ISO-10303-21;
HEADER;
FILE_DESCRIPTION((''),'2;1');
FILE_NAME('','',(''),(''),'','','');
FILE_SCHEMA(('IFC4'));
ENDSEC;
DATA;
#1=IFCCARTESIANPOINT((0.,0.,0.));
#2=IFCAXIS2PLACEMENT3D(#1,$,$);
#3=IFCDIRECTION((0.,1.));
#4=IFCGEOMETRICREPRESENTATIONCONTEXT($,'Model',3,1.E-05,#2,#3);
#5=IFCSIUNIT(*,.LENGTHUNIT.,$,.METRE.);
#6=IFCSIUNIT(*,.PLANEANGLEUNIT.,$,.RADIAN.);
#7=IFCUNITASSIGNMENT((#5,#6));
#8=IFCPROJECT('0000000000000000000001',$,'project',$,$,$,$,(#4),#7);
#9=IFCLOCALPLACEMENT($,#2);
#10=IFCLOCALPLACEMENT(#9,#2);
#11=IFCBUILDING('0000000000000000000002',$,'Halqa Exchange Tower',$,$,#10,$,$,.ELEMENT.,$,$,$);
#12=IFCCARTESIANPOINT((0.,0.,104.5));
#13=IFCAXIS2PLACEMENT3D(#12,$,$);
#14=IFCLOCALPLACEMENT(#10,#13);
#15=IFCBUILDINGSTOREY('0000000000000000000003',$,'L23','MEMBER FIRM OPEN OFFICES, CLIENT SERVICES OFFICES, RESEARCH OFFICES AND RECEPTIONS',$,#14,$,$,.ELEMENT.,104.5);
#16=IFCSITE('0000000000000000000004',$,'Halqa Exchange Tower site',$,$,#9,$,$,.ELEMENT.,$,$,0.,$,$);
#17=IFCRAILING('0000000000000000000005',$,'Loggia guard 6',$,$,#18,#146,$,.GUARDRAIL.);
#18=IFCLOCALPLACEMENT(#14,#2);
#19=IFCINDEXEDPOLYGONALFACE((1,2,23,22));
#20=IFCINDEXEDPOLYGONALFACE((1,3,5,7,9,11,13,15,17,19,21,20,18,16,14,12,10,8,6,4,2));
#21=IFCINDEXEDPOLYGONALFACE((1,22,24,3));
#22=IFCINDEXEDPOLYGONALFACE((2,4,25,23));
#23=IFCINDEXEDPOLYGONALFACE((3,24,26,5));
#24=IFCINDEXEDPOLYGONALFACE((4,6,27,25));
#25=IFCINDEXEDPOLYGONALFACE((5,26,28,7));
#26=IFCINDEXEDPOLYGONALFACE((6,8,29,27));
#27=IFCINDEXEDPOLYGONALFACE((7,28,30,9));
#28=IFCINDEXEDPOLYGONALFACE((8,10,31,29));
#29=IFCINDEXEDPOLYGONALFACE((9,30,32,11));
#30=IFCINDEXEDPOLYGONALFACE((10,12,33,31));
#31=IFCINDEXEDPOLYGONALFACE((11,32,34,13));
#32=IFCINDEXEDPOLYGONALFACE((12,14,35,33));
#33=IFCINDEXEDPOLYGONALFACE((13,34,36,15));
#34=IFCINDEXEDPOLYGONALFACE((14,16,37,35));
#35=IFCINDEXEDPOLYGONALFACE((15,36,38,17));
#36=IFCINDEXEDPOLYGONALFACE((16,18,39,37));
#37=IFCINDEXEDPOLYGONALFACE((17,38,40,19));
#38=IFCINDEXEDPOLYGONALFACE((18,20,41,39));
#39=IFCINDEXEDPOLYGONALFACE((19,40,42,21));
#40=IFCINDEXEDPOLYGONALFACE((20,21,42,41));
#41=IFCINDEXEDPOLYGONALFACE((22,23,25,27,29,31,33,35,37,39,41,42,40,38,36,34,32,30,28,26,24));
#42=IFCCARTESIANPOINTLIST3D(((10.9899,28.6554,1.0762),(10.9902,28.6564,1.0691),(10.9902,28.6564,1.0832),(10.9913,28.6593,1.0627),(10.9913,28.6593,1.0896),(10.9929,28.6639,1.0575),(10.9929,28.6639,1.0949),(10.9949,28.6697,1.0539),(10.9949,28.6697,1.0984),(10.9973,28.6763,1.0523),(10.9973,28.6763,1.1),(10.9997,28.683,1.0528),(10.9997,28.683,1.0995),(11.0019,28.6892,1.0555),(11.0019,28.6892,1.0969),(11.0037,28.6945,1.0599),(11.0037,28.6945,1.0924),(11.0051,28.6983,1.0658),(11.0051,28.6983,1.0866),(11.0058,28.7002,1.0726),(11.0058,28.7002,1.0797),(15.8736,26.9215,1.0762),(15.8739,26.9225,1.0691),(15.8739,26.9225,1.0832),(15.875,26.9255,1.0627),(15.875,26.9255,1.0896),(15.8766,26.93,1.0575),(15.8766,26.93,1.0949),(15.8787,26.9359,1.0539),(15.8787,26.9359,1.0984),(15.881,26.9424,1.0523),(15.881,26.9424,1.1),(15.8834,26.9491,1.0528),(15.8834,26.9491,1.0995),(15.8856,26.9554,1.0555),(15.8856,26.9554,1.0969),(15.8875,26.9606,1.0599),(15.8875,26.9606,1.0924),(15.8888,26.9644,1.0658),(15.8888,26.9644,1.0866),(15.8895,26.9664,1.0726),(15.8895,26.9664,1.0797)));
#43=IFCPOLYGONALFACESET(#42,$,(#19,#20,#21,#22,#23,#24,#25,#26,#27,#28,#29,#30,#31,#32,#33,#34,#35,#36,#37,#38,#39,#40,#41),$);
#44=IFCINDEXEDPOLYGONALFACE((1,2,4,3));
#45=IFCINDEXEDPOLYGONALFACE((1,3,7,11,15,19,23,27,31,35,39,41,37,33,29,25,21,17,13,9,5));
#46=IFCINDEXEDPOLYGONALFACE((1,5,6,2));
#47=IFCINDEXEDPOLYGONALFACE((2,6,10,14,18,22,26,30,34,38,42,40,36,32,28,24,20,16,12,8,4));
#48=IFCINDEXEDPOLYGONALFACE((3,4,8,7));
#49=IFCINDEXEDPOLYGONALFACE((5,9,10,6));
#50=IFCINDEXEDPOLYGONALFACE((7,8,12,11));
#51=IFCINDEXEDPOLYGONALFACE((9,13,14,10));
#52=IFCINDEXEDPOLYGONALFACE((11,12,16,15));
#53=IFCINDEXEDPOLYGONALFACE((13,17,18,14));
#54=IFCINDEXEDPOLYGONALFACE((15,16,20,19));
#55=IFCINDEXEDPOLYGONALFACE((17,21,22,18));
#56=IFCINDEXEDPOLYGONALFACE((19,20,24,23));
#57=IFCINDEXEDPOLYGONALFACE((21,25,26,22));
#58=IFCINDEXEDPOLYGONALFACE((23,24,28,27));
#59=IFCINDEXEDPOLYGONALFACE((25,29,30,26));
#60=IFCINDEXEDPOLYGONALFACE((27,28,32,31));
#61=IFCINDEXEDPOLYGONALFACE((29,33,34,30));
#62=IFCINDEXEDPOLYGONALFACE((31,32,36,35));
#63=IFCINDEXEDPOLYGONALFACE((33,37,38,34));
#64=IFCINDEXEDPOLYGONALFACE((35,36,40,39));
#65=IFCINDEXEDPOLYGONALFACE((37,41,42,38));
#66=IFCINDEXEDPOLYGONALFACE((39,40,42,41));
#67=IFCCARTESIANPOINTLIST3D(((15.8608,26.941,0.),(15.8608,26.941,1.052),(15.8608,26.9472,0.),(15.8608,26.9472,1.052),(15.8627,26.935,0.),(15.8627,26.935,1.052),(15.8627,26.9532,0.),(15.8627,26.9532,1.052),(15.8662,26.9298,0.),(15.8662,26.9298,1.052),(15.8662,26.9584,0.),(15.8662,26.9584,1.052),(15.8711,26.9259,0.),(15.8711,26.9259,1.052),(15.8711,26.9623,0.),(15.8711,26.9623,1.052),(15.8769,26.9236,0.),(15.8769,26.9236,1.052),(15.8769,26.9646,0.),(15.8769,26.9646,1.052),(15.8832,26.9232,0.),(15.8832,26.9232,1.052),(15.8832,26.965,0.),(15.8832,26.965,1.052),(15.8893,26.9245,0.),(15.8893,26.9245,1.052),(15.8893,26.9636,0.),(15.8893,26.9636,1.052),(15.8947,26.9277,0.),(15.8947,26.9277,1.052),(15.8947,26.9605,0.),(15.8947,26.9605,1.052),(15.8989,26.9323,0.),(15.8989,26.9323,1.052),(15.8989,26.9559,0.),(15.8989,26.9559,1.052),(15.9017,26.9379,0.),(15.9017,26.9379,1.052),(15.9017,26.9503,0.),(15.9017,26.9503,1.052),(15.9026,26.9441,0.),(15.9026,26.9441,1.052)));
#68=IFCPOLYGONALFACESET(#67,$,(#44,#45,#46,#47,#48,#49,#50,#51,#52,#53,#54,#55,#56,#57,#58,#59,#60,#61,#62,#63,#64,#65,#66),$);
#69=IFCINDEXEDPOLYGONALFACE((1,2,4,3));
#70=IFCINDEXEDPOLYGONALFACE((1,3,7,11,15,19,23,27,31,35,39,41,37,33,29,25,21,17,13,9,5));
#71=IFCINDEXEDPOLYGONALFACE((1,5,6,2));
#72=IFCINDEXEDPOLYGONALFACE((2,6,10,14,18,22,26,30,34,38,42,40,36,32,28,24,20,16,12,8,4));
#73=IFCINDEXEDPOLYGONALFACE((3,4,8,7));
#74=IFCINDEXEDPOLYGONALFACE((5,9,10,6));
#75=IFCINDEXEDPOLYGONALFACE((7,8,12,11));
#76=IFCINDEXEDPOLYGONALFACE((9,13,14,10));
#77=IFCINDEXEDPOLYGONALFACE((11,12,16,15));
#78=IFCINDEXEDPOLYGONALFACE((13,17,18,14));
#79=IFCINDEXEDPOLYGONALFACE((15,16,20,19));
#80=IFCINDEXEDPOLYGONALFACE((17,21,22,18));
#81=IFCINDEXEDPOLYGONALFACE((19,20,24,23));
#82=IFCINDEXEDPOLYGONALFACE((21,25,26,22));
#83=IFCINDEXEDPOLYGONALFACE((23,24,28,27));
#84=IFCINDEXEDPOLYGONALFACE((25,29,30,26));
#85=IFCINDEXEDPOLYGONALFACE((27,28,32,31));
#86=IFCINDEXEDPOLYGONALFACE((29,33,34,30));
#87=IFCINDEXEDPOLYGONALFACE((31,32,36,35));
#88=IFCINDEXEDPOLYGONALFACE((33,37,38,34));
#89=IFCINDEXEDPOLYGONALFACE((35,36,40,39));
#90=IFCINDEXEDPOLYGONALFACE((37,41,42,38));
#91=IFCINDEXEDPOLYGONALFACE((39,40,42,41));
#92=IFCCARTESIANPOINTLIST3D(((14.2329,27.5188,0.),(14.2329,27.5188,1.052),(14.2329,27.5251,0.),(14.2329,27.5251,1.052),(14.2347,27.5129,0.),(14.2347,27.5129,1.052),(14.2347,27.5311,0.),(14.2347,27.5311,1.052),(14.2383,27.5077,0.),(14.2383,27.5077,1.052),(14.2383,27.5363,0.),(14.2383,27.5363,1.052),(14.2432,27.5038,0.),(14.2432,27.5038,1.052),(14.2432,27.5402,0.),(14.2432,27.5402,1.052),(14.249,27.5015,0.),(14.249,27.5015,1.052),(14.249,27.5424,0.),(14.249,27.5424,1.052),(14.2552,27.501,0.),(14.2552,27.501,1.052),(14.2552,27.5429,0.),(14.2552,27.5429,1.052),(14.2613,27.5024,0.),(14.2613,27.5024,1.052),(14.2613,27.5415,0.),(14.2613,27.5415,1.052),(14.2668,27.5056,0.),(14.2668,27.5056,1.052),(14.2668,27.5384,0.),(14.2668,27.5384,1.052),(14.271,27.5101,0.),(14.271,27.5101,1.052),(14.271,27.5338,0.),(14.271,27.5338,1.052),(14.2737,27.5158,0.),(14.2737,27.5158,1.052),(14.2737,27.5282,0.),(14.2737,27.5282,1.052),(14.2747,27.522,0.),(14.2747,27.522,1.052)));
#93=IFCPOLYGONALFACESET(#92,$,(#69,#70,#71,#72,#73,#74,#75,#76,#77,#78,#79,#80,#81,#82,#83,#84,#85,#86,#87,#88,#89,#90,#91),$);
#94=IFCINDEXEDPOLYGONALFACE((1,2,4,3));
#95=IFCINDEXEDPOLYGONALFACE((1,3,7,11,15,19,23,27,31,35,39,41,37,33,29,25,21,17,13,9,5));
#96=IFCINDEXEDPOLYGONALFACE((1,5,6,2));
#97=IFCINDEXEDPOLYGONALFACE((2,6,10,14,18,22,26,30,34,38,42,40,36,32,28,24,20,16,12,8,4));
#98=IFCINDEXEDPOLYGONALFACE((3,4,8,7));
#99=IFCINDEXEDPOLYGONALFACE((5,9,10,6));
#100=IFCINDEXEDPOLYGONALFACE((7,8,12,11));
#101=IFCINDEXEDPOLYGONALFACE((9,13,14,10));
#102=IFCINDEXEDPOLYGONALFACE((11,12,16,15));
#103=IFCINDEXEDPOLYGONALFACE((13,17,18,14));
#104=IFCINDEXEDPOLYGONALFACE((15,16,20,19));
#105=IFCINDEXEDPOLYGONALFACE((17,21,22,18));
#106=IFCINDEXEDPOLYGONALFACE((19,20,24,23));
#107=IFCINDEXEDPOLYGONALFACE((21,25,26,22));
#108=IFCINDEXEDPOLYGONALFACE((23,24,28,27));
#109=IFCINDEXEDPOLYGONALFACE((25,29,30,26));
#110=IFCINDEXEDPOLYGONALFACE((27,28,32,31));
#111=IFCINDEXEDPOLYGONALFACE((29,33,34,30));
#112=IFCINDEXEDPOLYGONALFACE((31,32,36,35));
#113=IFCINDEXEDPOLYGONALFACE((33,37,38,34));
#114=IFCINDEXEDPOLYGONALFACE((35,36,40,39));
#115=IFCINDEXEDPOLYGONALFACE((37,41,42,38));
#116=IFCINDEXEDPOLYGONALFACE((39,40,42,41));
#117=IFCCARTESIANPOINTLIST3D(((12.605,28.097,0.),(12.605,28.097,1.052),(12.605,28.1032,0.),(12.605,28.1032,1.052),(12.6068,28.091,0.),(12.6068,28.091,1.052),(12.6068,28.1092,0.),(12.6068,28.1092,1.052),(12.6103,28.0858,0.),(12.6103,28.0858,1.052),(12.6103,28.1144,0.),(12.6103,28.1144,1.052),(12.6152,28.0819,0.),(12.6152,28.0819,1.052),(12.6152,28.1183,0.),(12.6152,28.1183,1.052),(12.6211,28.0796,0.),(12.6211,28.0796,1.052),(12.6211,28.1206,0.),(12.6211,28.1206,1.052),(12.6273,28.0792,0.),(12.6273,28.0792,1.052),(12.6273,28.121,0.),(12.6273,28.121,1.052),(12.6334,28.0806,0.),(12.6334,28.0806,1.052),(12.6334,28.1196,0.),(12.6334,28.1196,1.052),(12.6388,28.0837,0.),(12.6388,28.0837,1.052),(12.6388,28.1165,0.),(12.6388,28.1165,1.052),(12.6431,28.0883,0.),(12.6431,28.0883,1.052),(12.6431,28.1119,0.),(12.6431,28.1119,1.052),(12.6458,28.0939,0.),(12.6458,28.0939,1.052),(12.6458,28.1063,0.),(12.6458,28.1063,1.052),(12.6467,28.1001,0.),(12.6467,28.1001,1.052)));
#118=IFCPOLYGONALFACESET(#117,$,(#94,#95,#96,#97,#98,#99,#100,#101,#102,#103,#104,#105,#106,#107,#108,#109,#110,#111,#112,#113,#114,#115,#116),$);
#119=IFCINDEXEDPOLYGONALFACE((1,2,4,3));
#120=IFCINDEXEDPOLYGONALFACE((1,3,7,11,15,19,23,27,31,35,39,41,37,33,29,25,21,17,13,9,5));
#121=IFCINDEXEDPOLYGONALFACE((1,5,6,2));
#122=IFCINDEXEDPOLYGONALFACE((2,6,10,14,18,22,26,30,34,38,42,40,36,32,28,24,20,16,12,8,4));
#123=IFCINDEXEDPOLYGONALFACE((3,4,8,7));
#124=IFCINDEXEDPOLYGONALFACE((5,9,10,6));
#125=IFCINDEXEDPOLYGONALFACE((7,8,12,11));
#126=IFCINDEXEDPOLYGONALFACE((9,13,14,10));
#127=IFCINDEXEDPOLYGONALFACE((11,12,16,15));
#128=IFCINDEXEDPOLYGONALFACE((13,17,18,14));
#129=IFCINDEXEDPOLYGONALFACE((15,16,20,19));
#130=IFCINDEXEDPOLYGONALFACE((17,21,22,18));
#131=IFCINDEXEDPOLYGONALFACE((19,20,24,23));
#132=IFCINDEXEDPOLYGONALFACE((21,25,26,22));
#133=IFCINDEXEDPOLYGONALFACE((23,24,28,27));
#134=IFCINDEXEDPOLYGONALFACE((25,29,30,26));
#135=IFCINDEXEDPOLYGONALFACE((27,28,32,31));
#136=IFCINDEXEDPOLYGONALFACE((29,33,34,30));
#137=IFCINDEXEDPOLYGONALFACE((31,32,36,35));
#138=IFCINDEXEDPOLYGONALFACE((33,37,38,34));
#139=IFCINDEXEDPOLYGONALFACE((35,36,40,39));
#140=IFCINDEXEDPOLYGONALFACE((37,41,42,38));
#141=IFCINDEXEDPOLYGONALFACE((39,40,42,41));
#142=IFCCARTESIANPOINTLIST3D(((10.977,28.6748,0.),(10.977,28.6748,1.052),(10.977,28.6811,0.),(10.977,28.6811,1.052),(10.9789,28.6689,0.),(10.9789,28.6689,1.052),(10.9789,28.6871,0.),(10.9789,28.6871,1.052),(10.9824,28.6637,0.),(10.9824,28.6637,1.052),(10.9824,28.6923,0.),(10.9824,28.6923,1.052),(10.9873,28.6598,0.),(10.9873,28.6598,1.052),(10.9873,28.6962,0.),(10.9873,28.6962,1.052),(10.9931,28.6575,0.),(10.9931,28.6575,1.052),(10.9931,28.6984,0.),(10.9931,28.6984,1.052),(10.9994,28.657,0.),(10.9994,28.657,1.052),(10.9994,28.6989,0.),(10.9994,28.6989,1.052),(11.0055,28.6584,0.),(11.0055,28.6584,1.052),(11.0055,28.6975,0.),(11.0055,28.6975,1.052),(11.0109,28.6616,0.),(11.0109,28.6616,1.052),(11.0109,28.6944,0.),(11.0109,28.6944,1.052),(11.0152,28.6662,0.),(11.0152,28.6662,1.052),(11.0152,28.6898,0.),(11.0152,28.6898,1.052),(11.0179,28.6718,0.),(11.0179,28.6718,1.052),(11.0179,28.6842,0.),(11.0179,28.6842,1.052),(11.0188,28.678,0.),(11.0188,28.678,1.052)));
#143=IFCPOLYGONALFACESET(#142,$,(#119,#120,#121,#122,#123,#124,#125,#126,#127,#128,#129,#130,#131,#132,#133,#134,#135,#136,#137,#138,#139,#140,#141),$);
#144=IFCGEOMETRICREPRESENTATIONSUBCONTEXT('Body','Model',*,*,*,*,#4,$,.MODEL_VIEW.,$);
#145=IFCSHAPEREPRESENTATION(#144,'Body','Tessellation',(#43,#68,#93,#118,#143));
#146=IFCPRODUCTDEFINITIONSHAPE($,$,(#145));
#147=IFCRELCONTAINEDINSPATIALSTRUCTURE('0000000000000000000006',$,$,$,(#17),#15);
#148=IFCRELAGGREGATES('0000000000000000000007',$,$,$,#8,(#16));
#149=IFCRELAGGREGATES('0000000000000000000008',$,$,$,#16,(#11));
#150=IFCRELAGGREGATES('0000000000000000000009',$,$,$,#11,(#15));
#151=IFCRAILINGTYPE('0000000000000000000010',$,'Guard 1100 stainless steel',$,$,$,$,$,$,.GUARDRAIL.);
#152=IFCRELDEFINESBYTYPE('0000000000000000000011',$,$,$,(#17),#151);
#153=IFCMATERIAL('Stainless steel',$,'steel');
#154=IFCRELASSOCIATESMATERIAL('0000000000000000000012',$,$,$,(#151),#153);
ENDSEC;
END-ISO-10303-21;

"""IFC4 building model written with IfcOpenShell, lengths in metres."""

from ifc_helpers import new_model, si_unit, direction, frame, origin, origin_2d, place, context, subcontext, project, spatial, circle, extrude, material, type_object, element, save


model = new_model("IFC4")

# Units and contexts
model_context = context("Model", 3, precision=1e-05, world=origin(), true_north=direction((0.0, 1.0)))
body_context = subcontext(model_context, "Body", "Model", "MODEL_VIEW")
ifc_project = project(units=[si_unit("LENGTHUNIT", "METRE"), si_unit("PLANEANGLEUNIT", "RADIAN")], contexts=[model_context])

# Site, building, storey
site_placement = place(None, origin())
site = spatial("IfcSite", under=ifc_project, at=site_placement, Name="Halqa Exchange Tower site", CompositionType="ELEMENT", RefElevation=0.0)
building_placement = place(site_placement, origin())
building = spatial("IfcBuilding", under=site, at=building_placement, Name="Halqa Exchange Tower", CompositionType="ELEMENT")
storey_placement = place(building_placement, frame((0.0, 0.0, 104.5)))
storey = spatial("IfcBuildingStorey", under=building, at=storey_placement, Name="L23", Description="MEMBER FIRM OPEN OFFICES, CLIENT SERVICES OFFICES, RESEARCH OFFICES AND RECEPTIONS", CompositionType="ELEMENT", Elevation=104.5)

# Railing
ifc_material_1 = material(Name="Stainless steel", Category="steel")
railing_type = type_object("IfcRailingType", Name="Guard 1100 stainless steel", PredefinedType="GUARDRAIL", material=ifc_material_1)
railing_1_placement = place(storey_placement, frame((15.8816, 26.9441, 0.0)))
element("IfcRailing", 1, at=railing_1_placement, inside=storey, type_object=railing_type, Name="Loggia guard 6", PredefinedType="GUARDRAIL", context=body_context, shape_type="SweptSolid", body=[
    extrude(circle(Radius=0.0239, at=origin_2d()), frame((0.0, 0.0, 1.0762), z_axis=(-0.942371, 0.334569, 0.0), x_axis=(-0.334569, -0.942371, 0.0)), (0.0, 0.0, 1.0), 5.1824),
    extrude(circle(Radius=0.021, at=origin_2d()), origin(), (0.0, 0.0, 1.0), 1.052),
    extrude(circle(Radius=0.021, at=origin_2d()), frame((-1.6279, 0.5779, 0.0)), (0.0, 0.0, 1.0), 1.052),
    extrude(circle(Radius=0.021, at=origin_2d()), frame((-3.2559, 1.156, 0.0)), (0.0, 0.0, 1.0), 1.052),
    extrude(circle(Radius=0.021, at=origin_2d()), frame((-4.8838, 1.7339, 0.0)), (0.0, 0.0, 1.0), 1.052),
])

save(model, "model.ifc")
